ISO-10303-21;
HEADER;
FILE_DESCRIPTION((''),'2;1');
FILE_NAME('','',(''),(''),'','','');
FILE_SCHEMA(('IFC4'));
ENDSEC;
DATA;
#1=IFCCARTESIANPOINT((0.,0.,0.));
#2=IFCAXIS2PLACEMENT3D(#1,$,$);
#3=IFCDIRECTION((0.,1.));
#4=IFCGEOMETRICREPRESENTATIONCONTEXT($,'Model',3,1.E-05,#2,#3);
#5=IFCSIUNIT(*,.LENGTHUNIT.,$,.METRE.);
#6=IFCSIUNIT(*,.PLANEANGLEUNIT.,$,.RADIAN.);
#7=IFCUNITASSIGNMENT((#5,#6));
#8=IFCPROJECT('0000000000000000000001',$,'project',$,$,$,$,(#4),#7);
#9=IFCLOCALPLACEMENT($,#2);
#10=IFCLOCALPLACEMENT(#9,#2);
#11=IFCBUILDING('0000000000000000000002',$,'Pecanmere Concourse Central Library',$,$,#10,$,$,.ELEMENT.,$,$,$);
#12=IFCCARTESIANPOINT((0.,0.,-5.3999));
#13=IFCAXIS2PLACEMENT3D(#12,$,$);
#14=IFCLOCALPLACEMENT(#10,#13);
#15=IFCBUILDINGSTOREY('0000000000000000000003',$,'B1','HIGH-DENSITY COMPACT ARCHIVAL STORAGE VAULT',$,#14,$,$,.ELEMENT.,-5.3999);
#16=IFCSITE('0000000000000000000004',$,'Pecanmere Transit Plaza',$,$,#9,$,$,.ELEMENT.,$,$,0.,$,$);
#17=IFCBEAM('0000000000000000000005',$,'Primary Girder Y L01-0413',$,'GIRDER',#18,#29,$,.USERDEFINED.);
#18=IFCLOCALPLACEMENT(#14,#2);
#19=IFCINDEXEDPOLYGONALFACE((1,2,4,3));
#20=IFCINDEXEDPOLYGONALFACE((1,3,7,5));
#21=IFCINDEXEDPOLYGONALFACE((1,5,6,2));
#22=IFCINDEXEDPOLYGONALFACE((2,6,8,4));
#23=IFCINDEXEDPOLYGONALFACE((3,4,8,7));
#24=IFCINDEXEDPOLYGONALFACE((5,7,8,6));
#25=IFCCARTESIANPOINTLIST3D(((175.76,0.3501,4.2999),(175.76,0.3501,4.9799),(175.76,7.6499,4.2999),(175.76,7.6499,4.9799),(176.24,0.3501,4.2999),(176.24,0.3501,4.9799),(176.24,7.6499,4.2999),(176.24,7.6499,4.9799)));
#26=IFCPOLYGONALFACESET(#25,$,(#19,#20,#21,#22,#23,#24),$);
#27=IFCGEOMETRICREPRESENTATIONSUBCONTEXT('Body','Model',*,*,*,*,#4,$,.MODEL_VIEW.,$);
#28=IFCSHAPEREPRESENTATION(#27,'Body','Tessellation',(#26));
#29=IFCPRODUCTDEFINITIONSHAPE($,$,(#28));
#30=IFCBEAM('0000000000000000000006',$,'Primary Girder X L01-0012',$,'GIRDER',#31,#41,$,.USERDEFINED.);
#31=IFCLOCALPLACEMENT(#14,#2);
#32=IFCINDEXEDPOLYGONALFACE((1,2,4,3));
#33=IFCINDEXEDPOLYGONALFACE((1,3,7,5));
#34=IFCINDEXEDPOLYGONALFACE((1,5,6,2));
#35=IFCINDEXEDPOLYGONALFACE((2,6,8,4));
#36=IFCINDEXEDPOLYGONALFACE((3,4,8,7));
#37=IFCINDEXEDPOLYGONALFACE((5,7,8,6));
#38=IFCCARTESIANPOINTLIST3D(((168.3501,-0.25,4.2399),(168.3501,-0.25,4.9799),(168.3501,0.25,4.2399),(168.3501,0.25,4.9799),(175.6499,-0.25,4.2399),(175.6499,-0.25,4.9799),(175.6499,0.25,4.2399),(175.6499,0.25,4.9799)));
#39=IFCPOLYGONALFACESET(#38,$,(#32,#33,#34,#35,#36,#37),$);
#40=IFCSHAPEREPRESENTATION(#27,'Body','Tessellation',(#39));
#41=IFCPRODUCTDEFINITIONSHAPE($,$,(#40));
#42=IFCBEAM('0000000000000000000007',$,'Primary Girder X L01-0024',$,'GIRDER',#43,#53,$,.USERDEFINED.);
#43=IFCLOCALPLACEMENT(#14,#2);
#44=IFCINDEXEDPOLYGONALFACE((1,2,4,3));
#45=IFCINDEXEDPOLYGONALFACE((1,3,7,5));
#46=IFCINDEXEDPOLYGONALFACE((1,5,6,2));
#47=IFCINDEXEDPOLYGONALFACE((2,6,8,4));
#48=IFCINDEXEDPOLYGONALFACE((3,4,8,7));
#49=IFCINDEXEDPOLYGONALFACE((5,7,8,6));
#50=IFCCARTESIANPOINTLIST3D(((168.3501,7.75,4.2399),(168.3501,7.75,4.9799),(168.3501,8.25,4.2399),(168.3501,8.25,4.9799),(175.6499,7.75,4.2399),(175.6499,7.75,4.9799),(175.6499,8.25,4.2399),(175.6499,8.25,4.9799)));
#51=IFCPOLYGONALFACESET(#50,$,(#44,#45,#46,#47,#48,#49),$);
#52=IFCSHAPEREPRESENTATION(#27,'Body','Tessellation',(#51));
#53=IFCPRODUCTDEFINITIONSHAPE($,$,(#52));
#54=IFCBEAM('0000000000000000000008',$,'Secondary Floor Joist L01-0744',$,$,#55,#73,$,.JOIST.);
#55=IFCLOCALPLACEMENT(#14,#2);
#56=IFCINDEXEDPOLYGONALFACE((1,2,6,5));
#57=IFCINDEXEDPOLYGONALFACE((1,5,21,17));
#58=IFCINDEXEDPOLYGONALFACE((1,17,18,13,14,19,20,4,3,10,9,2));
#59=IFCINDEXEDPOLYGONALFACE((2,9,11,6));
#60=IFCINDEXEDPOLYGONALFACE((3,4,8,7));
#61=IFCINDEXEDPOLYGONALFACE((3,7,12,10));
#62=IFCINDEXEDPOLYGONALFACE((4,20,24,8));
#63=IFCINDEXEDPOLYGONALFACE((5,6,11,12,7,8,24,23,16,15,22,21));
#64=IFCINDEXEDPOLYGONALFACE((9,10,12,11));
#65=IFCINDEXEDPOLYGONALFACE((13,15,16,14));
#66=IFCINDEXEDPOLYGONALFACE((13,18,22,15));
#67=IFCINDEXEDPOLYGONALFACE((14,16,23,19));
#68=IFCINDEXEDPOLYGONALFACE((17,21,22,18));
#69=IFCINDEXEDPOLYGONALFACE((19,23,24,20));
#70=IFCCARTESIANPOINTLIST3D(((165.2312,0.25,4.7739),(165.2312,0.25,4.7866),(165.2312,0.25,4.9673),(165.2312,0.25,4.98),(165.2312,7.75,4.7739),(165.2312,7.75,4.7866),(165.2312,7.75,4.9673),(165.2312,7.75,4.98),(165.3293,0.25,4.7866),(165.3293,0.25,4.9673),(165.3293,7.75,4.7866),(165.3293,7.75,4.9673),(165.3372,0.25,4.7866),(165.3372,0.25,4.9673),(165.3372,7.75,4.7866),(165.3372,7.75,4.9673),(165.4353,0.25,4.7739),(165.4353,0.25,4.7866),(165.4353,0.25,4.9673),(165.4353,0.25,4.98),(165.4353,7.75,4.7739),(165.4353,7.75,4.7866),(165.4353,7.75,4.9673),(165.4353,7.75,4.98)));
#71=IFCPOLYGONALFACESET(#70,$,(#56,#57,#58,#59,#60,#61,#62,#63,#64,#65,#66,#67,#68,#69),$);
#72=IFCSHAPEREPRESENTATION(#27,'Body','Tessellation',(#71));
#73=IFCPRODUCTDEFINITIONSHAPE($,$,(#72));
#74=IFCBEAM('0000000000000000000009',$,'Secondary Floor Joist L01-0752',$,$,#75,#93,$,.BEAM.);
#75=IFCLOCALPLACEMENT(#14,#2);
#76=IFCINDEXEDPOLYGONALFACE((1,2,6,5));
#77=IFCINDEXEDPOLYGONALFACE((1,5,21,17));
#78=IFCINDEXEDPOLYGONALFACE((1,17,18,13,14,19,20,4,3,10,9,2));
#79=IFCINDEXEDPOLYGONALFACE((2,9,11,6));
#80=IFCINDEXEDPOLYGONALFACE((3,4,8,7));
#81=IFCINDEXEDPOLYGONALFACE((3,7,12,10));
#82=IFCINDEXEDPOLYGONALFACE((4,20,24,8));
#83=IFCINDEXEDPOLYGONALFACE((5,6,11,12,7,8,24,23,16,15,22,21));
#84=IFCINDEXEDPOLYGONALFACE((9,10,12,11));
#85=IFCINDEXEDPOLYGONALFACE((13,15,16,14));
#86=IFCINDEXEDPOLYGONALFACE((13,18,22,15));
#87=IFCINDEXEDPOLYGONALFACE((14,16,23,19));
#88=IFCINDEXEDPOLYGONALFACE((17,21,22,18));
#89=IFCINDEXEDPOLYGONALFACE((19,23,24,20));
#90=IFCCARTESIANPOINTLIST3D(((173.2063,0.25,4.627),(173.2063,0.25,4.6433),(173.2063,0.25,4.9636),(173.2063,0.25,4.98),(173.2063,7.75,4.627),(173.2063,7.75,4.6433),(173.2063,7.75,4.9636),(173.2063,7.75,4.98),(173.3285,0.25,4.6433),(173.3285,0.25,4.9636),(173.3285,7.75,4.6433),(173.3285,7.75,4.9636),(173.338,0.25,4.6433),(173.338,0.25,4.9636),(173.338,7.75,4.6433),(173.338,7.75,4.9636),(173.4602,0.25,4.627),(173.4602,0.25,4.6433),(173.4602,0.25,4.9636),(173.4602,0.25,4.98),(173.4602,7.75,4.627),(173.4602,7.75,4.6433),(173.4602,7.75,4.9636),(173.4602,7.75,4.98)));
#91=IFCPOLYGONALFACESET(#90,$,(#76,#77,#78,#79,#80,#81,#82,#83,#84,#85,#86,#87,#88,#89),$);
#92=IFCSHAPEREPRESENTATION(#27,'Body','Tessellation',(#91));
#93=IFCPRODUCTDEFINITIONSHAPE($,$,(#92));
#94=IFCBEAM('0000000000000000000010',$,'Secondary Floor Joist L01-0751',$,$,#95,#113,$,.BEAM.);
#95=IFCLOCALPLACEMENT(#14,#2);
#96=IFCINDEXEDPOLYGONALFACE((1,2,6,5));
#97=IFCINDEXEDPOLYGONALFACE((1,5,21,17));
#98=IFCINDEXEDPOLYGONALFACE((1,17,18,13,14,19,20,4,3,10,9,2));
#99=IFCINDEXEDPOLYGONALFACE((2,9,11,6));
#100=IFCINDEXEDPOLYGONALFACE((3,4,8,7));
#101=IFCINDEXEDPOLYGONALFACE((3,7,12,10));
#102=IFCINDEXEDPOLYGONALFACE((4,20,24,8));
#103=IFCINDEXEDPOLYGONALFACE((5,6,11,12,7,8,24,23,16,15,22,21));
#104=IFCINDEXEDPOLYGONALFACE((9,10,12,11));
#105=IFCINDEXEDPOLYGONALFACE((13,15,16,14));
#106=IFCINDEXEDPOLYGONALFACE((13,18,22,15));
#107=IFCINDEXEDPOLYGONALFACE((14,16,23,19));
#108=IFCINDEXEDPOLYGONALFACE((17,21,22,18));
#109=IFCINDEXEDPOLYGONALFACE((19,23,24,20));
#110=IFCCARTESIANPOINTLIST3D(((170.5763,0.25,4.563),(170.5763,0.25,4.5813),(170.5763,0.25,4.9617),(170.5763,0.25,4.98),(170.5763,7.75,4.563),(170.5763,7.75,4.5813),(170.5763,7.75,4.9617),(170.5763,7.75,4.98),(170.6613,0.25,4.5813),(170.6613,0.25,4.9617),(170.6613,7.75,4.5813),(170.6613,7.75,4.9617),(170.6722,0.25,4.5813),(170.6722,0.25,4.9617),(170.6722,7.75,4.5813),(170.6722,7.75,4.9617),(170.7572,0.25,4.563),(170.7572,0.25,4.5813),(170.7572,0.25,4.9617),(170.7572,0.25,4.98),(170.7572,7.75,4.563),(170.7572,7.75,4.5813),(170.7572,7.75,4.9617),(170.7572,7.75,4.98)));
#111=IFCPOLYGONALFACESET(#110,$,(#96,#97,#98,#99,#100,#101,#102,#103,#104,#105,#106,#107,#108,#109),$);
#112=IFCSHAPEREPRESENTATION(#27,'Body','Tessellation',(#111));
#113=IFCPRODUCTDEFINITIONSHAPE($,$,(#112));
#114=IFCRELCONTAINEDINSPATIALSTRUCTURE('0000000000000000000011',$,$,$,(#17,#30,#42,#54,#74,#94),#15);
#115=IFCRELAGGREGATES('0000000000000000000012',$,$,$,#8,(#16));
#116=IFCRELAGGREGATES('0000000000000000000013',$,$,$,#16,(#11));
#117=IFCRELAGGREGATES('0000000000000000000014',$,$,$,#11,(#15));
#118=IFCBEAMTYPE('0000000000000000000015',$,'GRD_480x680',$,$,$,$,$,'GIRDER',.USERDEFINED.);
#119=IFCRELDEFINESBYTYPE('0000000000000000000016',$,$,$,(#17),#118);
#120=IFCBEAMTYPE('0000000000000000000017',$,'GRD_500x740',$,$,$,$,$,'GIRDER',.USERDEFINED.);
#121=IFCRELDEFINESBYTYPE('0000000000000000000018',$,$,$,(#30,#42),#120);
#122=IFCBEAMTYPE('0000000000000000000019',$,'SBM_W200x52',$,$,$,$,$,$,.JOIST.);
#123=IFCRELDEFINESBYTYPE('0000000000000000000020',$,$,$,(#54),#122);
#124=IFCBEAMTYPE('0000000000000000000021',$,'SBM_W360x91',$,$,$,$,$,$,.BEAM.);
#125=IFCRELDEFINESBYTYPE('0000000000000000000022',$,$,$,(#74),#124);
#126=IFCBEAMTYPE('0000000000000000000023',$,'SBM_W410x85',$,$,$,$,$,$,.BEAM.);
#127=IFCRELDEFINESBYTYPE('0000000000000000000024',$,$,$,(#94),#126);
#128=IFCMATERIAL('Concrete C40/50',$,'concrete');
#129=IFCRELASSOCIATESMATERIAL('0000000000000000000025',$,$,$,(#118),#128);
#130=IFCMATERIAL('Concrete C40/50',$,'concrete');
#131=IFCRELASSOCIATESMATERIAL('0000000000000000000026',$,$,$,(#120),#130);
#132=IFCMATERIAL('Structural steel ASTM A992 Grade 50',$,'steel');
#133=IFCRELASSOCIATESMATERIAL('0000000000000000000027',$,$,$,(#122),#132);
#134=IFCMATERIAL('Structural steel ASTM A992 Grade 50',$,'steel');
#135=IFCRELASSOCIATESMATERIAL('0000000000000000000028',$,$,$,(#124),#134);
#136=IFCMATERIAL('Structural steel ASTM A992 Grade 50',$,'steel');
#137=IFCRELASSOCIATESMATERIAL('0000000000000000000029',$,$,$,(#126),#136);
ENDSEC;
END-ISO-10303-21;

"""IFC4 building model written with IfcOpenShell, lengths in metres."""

from ifc_helpers import new_model, si_unit, direction, frame, origin, origin_2d, place, context, subcontext, project, spatial, rectangle, i_section, extrude, material, material_profile, profile_set, type_object, element, save


model = new_model("IFC4")

# Units and contexts
model_context = context("Model", 3, precision=1e-05, world=origin(), true_north=direction((0.0, 1.0)))
body_context = subcontext(model_context, "Body", "Model", "MODEL_VIEW")
ifc_project = project(units=[si_unit("LENGTHUNIT", "METRE"), si_unit("PLANEANGLEUNIT", "RADIAN")], contexts=[model_context])

# Site, building, storey
site_placement = place(None, origin())
site = spatial("IfcSite", under=ifc_project, at=site_placement, Name="Pecanmere Transit Plaza", CompositionType="ELEMENT", RefElevation=0.0)
building_placement = place(site_placement, origin())
building = spatial("IfcBuilding", under=site, at=building_placement, Name="Pecanmere Concourse Central Library", CompositionType="ELEMENT")
storey_placement = place(building_placement, frame((0.0, 0.0, -5.3999)))
storey = spatial("IfcBuildingStorey", under=building, at=storey_placement, Name="B1", Description="HIGH-DENSITY COMPACT ARCHIVAL STORAGE VAULT", CompositionType="ELEMENT", Elevation=-5.3999)

# Beams
ifc_material_1 = material(Name="Concrete C40/50", Category="concrete")
ifc_material_profile_1 = material_profile(ifc_material_1, rectangle(XDim=0.48, YDim=0.6799, at=origin_2d()), Name="RC 480x680")
ifc_profile_set_1 = profile_set([ifc_material_profile_1], Name="Concrete C40/50")
beam_type_1 = type_object("IfcBeamType", Name="GRD_480x680", ElementType="GIRDER", PredefinedType="USERDEFINED", material=ifc_profile_set_1)
for number, where, z_axis, x_axis, name in (
    (1, (176.0, 0.3501, 4.6399), (0.0, 1.0, 0.0), (-1.0, 0.0, 0.0), "Primary Girder Y L01-0413"),
):
    element("IfcBeam", number, at=place(storey_placement, frame(where, z_axis=z_axis, x_axis=x_axis)), inside=storey, type_object=beam_type_1, Name=name, ObjectType="GIRDER", PredefinedType="USERDEFINED", context=body_context, shape_type="SweptSolid", body=[
        extrude(rectangle(XDim=0.48, YDim=0.6799, at=origin_2d()), origin(), (0.0, 0.0, 1.0), 7.2998),
    ])
ifc_material_2 = material(Name="Concrete C40/50", Category="concrete")
ifc_material_profile_2 = material_profile(ifc_material_2, rectangle(XDim=0.5, YDim=0.74, at=origin_2d()), Name="RC 500x740")
ifc_profile_set_2 = profile_set([ifc_material_profile_2], Name="Concrete C40/50")
beam_type_2 = type_object("IfcBeamType", Name="GRD_500x740", ElementType="GIRDER", PredefinedType="USERDEFINED", material=ifc_profile_set_2)
for number, where, z_axis, x_axis, name in (
    (2, (168.3501, 0.0, 4.6099), (1.0, 0.0, 0.0), (0.0, 1.0, 0.0), "Primary Girder X L01-0012"),
    (3, (168.3501, 8.0, 4.6099), (1.0, 0.0, 0.0), (0.0, 1.0, 0.0), "Primary Girder X L01-0024"),
):
    element("IfcBeam", number, at=place(storey_placement, frame(where, z_axis=z_axis, x_axis=x_axis)), inside=storey, type_object=beam_type_2, Name=name, ObjectType="GIRDER", PredefinedType="USERDEFINED", context=body_context, shape_type="SweptSolid", body=[
        extrude(rectangle(XDim=0.5, YDim=0.74, at=origin_2d()), origin(), (0.0, 0.0, 1.0), 7.2998),
    ])
ifc_material_3 = material(Name="Structural steel ASTM A992 Grade 50", Category="steel")
ifc_material_profile_3 = material_profile(ifc_material_3, i_section(OverallWidth=0.2041, OverallDepth=0.2061, WebThickness=0.0078, FlangeThickness=0.0127, at=origin_2d()), Name="W200x52")
ifc_profile_set_3 = profile_set([ifc_material_profile_3], Name="Structural steel ASTM A992 Grade 50")
beam_type_3 = type_object("IfcBeamType", Name="SBM_W200x52", PredefinedType="JOIST", material=ifc_profile_set_3)
beam_1_placement = place(storey_placement, frame((165.3333, 0.25, 4.877), z_axis=(0.0, 1.0, 0.0), x_axis=(-1.0, 0.0, 0.0)))
element("IfcBeam", 4, at=beam_1_placement, inside=storey, type_object=beam_type_3, Name="Secondary Floor Joist L01-0744", PredefinedType="JOIST", context=body_context, shape_type="SweptSolid", body=[
    extrude(i_section(OverallWidth=0.2041, OverallDepth=0.2061, WebThickness=0.0078, FlangeThickness=0.0127, at=origin_2d()), origin(), (0.0, 0.0, 1.0), 7.5),
])
ifc_material_4 = material(Name="Structural steel ASTM A992 Grade 50", Category="steel")
ifc_material_profile_4 = material_profile(ifc_material_4, i_section(OverallWidth=0.2539, OverallDepth=0.353, WebThickness=0.0095, FlangeThickness=0.0164, at=origin_2d()), Name="W360x91")
ifc_profile_set_4 = profile_set([ifc_material_profile_4], Name="Structural steel ASTM A992 Grade 50")
beam_type_4 = type_object("IfcBeamType", Name="SBM_W360x91", PredefinedType="BEAM", material=ifc_profile_set_4)
beam_2_placement = place(storey_placement, frame((173.3333, 0.25, 4.8035), z_axis=(0.0, 1.0, 0.0), x_axis=(-1.0, 0.0, 0.0)))
element("IfcBeam", 5, at=beam_2_placement, inside=storey, type_object=beam_type_4, Name="Secondary Floor Joist L01-0752", PredefinedType="BEAM", context=body_context, shape_type="SweptSolid", body=[
    extrude(i_section(OverallWidth=0.2539, OverallDepth=0.353, WebThickness=0.0095, FlangeThickness=0.0164, at=origin_2d()), origin(), (0.0, 0.0, 1.0), 7.5),
])
ifc_material_5 = material(Name="Structural steel ASTM A992 Grade 50", Category="steel")
ifc_material_profile_5 = material_profile(ifc_material_5, i_section(OverallWidth=0.1809, OverallDepth=0.417, WebThickness=0.011, FlangeThickness=0.0183, at=origin_2d()), Name="W410x85")
ifc_profile_set_5 = profile_set([ifc_material_profile_5], Name="Structural steel ASTM A992 Grade 50")
beam_type_5 = type_object("IfcBeamType", Name="SBM_W410x85", PredefinedType="BEAM", material=ifc_profile_set_5)
beam_3_placement = place(storey_placement, frame((170.6667, 0.25, 4.7715), z_axis=(0.0, 1.0, 0.0), x_axis=(-1.0, 0.0, 0.0)))
element("IfcBeam", 6, at=beam_3_placement, inside=storey, type_object=beam_type_5, Name="Secondary Floor Joist L01-0751", PredefinedType="BEAM", context=body_context, shape_type="SweptSolid", body=[
    extrude(i_section(OverallWidth=0.1809, OverallDepth=0.417, WebThickness=0.011, FlangeThickness=0.0183, at=origin_2d()), origin(), (0.0, 0.0, 1.0), 7.5),
])

save(model, "model.ifc")
